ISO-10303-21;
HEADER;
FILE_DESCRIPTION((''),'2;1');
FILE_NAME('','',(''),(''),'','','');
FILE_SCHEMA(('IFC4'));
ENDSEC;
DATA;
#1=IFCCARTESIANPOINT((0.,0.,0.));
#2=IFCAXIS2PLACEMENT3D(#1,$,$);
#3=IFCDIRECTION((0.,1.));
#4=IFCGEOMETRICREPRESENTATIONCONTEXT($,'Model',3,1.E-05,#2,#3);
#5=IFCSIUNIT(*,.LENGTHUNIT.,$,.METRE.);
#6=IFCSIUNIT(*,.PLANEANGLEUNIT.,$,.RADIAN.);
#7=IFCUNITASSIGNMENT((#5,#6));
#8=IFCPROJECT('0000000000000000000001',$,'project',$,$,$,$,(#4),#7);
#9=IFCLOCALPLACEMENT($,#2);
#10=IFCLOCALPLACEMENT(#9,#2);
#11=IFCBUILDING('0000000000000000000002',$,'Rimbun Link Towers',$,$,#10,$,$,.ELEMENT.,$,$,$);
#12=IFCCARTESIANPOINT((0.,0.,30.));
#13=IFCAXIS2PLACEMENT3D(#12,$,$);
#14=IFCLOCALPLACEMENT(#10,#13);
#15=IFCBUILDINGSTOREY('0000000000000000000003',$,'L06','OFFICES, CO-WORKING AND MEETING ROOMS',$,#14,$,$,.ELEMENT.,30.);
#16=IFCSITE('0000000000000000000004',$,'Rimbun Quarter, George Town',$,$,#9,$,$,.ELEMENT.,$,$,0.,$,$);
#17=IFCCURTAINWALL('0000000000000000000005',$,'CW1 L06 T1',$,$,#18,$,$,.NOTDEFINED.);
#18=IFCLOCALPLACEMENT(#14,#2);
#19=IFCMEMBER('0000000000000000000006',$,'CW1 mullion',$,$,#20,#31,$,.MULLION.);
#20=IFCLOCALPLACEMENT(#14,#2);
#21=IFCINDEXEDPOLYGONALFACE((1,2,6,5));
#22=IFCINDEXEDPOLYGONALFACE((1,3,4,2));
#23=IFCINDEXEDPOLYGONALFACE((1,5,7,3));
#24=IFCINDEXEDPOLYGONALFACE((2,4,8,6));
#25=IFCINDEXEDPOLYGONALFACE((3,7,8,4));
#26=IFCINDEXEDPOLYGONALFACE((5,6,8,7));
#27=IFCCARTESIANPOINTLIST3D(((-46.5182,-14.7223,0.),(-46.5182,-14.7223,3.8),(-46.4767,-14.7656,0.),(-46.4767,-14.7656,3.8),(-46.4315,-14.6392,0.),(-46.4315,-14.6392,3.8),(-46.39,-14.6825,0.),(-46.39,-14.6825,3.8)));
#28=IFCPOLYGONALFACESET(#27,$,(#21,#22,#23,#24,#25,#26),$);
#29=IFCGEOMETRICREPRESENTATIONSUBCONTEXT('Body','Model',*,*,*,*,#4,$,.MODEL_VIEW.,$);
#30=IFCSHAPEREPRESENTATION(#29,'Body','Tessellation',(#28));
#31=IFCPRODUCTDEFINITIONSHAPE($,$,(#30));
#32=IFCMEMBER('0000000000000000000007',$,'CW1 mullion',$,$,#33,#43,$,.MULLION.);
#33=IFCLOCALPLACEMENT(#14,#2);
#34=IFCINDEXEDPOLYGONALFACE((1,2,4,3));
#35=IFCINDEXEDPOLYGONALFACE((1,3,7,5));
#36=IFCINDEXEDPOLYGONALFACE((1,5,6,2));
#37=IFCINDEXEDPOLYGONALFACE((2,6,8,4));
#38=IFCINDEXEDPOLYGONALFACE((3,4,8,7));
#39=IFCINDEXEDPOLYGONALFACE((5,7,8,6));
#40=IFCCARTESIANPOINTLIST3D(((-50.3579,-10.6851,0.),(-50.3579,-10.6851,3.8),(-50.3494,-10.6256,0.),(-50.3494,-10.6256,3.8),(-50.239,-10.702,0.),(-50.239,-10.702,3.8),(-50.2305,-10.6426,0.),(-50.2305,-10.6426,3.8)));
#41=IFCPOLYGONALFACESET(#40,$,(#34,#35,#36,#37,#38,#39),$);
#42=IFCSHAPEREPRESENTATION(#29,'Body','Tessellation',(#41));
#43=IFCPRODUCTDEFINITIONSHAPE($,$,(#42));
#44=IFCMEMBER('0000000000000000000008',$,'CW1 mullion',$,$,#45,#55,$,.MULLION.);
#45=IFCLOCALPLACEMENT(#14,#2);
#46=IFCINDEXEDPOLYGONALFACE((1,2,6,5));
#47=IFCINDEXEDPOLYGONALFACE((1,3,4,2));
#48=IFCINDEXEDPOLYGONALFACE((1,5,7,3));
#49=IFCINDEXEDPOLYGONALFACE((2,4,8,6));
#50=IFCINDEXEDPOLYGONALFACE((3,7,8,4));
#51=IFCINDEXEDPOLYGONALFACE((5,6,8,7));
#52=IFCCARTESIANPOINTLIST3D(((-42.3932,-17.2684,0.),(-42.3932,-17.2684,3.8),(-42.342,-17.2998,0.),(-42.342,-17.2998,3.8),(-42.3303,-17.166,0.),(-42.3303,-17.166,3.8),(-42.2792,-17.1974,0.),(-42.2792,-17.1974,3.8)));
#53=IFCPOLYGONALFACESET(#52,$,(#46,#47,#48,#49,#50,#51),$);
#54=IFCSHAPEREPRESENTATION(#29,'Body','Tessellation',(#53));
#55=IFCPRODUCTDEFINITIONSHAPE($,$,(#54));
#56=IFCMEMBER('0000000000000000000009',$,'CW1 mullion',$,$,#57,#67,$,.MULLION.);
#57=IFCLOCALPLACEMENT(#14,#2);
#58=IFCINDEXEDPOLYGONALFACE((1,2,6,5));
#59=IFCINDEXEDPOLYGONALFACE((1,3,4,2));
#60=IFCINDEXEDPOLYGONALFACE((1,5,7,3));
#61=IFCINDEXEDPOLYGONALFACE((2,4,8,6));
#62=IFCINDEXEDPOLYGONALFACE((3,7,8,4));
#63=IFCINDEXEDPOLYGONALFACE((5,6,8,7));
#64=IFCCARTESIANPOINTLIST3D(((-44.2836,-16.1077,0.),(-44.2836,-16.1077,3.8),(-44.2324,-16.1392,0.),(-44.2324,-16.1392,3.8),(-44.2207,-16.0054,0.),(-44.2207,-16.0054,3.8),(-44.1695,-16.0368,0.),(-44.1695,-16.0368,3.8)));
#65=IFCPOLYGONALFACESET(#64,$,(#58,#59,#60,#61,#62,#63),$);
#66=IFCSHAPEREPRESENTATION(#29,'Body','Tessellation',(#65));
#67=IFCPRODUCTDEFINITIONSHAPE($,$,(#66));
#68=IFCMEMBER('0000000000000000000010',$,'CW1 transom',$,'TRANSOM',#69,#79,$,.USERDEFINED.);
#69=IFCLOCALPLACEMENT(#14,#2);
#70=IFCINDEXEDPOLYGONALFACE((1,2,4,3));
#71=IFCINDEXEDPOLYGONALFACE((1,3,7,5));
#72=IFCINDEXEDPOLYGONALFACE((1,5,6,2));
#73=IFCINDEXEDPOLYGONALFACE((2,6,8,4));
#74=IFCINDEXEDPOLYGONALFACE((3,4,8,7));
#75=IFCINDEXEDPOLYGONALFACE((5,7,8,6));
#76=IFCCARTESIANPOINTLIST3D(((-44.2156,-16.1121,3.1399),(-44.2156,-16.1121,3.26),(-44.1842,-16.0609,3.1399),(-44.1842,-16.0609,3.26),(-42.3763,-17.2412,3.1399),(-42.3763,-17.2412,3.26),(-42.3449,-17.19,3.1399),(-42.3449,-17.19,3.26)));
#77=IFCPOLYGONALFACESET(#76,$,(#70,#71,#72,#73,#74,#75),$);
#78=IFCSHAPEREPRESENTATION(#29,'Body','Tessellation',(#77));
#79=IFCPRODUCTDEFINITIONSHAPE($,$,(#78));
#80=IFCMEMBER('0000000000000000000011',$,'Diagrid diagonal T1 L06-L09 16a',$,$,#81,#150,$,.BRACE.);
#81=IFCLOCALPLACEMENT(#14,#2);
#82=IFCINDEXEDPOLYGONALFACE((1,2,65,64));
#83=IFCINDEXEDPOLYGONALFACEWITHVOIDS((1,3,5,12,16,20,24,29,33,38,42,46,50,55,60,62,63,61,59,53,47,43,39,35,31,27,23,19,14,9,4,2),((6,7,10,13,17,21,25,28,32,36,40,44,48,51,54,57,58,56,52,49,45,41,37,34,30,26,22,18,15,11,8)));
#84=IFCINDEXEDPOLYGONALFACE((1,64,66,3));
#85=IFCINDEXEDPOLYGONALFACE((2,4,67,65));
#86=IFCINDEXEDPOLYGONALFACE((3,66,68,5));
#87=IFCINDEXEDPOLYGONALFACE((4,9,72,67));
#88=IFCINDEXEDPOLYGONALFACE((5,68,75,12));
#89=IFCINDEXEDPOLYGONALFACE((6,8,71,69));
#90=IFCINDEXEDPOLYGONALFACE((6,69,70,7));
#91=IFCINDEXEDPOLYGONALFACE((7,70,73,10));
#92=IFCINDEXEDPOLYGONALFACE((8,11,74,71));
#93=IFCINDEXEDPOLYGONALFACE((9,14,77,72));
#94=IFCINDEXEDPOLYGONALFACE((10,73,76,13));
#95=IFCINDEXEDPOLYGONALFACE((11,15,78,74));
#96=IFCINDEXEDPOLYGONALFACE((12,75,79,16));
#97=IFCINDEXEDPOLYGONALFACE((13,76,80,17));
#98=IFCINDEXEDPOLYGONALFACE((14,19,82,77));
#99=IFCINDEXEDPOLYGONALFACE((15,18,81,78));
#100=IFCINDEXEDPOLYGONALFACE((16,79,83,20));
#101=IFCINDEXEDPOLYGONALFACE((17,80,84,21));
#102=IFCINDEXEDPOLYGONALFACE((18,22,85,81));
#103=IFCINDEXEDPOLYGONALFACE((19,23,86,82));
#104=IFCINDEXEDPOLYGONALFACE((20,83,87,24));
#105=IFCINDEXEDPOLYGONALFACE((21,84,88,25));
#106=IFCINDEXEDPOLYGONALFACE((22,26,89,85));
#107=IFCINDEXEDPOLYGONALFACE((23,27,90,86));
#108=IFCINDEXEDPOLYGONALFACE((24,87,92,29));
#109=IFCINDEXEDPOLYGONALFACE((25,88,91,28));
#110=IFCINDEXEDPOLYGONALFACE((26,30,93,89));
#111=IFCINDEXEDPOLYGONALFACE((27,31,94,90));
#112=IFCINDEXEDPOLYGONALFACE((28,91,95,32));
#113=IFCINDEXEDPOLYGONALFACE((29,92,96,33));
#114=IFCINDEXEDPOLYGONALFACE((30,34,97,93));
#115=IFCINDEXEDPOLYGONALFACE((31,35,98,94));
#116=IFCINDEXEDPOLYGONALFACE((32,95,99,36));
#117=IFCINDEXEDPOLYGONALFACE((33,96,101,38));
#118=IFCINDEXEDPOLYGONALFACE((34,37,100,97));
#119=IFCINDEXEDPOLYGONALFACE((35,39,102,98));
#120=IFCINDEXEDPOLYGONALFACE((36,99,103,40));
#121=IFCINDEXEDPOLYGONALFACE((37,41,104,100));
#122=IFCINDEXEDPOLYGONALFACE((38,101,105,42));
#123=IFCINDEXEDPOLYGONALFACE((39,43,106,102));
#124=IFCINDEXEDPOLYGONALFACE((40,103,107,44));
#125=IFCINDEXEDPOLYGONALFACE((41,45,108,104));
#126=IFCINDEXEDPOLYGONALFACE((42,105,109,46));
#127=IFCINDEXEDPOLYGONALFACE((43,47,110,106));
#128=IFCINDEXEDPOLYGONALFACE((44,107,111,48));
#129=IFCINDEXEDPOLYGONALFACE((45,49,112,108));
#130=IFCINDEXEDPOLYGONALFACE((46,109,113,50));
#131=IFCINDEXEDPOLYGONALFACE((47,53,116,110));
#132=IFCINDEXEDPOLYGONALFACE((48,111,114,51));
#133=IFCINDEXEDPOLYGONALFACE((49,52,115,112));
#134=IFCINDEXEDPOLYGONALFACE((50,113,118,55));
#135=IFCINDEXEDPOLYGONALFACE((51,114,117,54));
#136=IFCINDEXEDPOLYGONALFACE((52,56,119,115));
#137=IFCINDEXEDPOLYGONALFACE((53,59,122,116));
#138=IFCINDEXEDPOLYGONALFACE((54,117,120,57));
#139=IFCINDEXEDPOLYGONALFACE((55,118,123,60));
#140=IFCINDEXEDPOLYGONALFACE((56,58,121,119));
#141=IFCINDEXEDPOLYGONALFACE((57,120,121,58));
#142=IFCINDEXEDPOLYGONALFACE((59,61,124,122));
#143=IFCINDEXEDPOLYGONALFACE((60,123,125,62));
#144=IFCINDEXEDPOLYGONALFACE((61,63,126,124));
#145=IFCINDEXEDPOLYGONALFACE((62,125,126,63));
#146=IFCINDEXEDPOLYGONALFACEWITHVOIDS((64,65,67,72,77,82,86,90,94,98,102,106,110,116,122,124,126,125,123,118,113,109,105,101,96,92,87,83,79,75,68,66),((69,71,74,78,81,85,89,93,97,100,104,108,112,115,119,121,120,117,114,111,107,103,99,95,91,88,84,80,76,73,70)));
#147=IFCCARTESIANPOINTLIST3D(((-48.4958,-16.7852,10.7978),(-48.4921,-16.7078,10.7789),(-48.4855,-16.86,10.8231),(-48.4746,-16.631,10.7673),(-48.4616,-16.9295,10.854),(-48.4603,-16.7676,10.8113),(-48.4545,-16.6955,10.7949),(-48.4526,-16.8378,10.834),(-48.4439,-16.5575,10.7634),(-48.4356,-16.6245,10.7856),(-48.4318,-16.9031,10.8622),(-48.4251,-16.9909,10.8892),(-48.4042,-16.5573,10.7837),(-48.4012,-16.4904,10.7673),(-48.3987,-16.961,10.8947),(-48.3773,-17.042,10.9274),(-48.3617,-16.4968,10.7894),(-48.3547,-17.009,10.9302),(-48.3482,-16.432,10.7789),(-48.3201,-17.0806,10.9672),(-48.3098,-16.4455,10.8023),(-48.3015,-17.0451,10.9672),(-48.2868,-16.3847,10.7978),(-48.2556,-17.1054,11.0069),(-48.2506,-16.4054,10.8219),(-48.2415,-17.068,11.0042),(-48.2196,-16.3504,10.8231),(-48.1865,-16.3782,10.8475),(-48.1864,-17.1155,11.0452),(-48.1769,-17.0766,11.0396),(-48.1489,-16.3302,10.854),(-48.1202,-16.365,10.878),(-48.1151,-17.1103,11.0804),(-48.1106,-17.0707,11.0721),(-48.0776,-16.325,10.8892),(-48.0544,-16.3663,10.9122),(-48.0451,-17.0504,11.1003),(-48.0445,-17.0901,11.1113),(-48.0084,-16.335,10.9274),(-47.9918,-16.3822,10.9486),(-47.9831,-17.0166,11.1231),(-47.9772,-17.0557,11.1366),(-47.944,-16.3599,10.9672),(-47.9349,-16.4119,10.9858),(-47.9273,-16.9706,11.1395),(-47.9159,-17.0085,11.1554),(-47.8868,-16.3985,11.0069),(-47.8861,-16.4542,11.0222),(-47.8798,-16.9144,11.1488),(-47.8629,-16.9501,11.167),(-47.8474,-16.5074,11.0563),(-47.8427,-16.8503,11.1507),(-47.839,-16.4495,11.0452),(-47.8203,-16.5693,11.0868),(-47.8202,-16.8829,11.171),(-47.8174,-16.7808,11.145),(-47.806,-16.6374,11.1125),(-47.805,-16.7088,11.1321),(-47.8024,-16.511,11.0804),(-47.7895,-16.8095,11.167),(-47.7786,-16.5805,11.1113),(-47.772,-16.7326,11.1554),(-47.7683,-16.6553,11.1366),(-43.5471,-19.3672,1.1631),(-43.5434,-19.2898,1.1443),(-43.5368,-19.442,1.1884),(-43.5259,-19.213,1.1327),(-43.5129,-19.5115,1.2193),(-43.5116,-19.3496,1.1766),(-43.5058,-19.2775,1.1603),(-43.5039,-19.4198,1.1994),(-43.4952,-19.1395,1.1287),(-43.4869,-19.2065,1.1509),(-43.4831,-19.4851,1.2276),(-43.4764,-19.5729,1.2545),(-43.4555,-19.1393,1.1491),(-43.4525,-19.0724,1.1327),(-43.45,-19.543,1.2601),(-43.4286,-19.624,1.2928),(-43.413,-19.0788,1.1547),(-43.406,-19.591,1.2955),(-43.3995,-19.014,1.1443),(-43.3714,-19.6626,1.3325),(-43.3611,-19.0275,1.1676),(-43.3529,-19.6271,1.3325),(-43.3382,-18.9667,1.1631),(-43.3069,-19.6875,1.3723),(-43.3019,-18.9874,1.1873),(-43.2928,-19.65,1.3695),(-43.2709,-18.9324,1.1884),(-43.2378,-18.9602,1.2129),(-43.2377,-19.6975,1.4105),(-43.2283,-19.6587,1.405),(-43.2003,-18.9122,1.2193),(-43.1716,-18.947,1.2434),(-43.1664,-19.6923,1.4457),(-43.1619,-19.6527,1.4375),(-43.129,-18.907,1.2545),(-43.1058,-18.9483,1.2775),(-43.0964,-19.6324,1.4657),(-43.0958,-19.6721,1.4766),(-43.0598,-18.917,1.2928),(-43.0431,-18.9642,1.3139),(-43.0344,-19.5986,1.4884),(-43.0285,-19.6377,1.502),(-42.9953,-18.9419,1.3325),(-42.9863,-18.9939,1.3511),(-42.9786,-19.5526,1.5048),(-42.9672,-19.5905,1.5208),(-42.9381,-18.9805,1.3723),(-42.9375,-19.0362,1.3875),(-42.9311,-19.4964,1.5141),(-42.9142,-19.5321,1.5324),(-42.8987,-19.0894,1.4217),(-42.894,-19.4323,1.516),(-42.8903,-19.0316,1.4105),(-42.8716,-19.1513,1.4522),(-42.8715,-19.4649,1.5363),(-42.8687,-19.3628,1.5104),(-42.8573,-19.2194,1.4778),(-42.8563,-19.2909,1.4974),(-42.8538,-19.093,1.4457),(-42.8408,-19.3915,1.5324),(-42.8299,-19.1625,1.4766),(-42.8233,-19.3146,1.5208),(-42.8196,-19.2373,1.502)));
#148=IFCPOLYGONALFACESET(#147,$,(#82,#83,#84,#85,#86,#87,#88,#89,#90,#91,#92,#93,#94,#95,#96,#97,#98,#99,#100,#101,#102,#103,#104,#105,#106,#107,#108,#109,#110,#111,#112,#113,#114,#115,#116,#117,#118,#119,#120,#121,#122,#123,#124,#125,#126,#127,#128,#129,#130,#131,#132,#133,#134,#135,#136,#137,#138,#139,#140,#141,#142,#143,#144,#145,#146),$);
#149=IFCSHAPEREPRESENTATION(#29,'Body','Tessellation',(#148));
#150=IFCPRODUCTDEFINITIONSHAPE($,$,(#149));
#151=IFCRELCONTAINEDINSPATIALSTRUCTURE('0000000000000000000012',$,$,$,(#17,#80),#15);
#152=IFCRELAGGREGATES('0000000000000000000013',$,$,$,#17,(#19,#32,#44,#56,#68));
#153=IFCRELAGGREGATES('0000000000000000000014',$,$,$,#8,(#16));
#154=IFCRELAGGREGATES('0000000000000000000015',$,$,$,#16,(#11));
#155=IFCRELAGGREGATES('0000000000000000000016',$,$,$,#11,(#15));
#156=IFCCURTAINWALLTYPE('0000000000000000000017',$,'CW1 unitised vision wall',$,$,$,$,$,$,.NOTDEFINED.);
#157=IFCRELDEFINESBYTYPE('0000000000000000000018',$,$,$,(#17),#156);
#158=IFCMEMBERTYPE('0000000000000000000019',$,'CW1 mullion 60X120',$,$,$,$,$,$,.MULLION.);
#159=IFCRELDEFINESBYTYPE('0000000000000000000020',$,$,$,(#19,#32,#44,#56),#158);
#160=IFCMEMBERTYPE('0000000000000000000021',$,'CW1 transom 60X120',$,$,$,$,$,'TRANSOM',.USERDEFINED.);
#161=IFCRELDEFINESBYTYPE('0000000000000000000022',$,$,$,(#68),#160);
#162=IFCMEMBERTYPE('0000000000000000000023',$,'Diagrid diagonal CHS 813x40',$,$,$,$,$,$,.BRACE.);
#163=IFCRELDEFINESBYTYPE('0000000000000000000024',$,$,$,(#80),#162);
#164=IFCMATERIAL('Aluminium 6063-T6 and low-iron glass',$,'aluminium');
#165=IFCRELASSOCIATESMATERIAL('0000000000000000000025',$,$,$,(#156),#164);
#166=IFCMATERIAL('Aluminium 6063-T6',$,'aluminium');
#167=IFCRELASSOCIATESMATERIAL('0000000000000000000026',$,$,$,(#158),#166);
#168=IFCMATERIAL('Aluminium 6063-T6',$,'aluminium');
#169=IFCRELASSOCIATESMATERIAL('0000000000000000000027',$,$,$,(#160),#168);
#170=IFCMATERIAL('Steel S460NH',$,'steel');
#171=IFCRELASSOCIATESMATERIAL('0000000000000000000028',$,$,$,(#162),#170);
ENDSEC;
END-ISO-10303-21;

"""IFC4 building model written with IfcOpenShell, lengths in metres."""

from ifc_helpers import new_model, si_unit, direction, frame, origin, origin_2d, place, context, subcontext, project, spatial, rectangle, hollow_circle, extrude, material, material_profile, profile_set, type_object, element, aggregate, save


model = new_model("IFC4")

# Units and contexts
model_context = context("Model", 3, precision=1e-05, world=origin(), true_north=direction((0.0, 1.0)))
body_context = subcontext(model_context, "Body", "Model", "MODEL_VIEW")
ifc_project = project(units=[si_unit("LENGTHUNIT", "METRE"), si_unit("PLANEANGLEUNIT", "RADIAN")], contexts=[model_context])

# Site, building, storey
site_placement = place(None, origin())
site = spatial("IfcSite", under=ifc_project, at=site_placement, Name="Rimbun Quarter, George Town", CompositionType="ELEMENT", RefElevation=0.0)
building_placement = place(site_placement, origin())
building = spatial("IfcBuilding", under=site, at=building_placement, Name="Rimbun Link Towers", CompositionType="ELEMENT")
storey_placement = place(building_placement, frame((0.0, 0.0, 30.0)))
storey = spatial("IfcBuildingStorey", under=building, at=storey_placement, Name="L06", Description="OFFICES, CO-WORKING AND MEETING ROOMS", CompositionType="ELEMENT", Elevation=30.0)

# Curtain wall, members
ifc_material_1 = material(Name="Aluminium 6063-T6 and low-iron glass", Category="aluminium")
curtain_wall_type = type_object("IfcCurtainWallType", Name="CW1 unitised vision wall", PredefinedType="NOTDEFINED", material=ifc_material_1)
curtain_wall_placement = place(storey_placement, origin())
curtain_wall = element("IfcCurtainWall", 1, at=curtain_wall_placement, inside=storey, type_object=curtain_wall_type, Name="CW1 L06 T1", PredefinedType="NOTDEFINED")
ifc_material_2 = material(Name="Aluminium 6063-T6", Category="aluminium")
ifc_material_profile_1 = material_profile(ifc_material_2, rectangle(XDim=0.1201, YDim=0.0601, at=origin_2d()), Name="MULLION 60X120")
ifc_profile_set_1 = profile_set([ifc_material_profile_1], Name="Aluminium 6063-T6")
member_type_1 = type_object("IfcMemberType", Name="CW1 mullion 60X120", PredefinedType="MULLION", material=ifc_profile_set_1)
member_1_placement = place(storey_placement, frame((-46.4541, -14.7024, 0.0), z_axis=(0.0, 0.0, 1.0), x_axis=(-0.721844, -0.692056, 0.0)))
member_1 = element("IfcMember", 2, at=member_1_placement, type_object=member_type_1, Name="CW1 mullion", PredefinedType="MULLION", context=body_context, shape_type="SweptSolid", body=[
    extrude(rectangle(XDim=0.1201, YDim=0.0601, at=origin_2d()), origin(), (0.0, 0.0, 1.0), 3.8),
])
member_2_placement = place(storey_placement, frame((-50.2942, -10.6638, 0.0), z_axis=(0.0, 0.0, 1.0), x_axis=(-0.990015, 0.140963, 0.0)))
member_2 = element("IfcMember", 3, at=member_2_placement, type_object=member_type_1, Name="CW1 mullion", PredefinedType="MULLION", context=body_context, shape_type="SweptSolid", body=[
    extrude(rectangle(XDim=0.1201, YDim=0.0601, at=origin_2d()), origin(), (0.0, 0.0, 1.0), 3.8),
])
member_3_placement = place(storey_placement, frame((-42.3362, -17.2329, 0.0), z_axis=(0.0, 0.0, 1.0), x_axis=(-0.523232, -0.85219, 0.0)))
member_3 = element("IfcMember", 4, at=member_3_placement, type_object=member_type_1, Name="CW1 mullion", PredefinedType="MULLION", context=body_context, shape_type="SweptSolid", body=[
    extrude(rectangle(XDim=0.1201, YDim=0.0601, at=origin_2d()), origin(), (0.0, 0.0, 1.0), 3.8),
])
member_4_placement = place(storey_placement, frame((-44.2266, -16.0723, 0.0), z_axis=(0.0, 0.0, 1.0), x_axis=(-0.523232, -0.85219, 0.0)))
member_4 = element("IfcMember", 5, at=member_4_placement, type_object=member_type_1, Name="CW1 mullion", PredefinedType="MULLION", context=body_context, shape_type="SweptSolid", body=[
    extrude(rectangle(XDim=0.1201, YDim=0.0601, at=origin_2d()), origin(), (0.0, 0.0, 1.0), 3.8),
])
ifc_material_3 = material(Name="Aluminium 6063-T6", Category="aluminium")
ifc_material_profile_2 = material_profile(ifc_material_3, rectangle(XDim=0.0601, YDim=0.1201, at=origin_2d()), Name="TRANSOM 60X120")
ifc_profile_set_2 = profile_set([ifc_material_profile_2], Name="Aluminium 6063-T6")
member_type_2 = type_object("IfcMemberType", Name="CW1 transom 60X120", ElementType="TRANSOM", PredefinedType="USERDEFINED", material=ifc_profile_set_2)
member_5_placement = place(storey_placement, frame((-42.3606, -17.2156, 3.2), z_axis=(-0.852229, 0.523169, 0.0), x_axis=(-0.523169, -0.852229, 0.0)))
member_5 = element("IfcMember", 6, at=member_5_placement, type_object=member_type_2, Name="CW1 transom", ObjectType="TRANSOM", PredefinedType="USERDEFINED", context=body_context, shape_type="SweptSolid", body=[
    extrude(rectangle(XDim=0.0601, YDim=0.1201, at=origin_2d()), origin(), (0.0, 0.0, 1.0), 2.1582),
])

# Member
ifc_material_4 = material(Name="Steel S460NH", Category="steel")
ifc_material_profile_3 = material_profile(ifc_material_4, hollow_circle(Radius=0.4065, WallThickness=0.04, at=origin_2d()), Name="Diagrid diagonal CHS 813x40")
ifc_profile_set_3 = profile_set([ifc_material_profile_3], Name="Steel S460NH")
member_type_3 = type_object("IfcMemberType", Name="Diagrid diagonal CHS 813x40", PredefinedType="BRACE", material=ifc_profile_set_3)
member_6_placement = place(storey_placement, frame((-43.1833, -19.3022, 1.3325), z_axis=(-0.444435, 0.231887, 0.865278), x_axis=(-0.462578, -0.886579, 0.0)))
element("IfcMember", 7, at=member_6_placement, inside=storey, type_object=member_type_3, Name="Diagrid diagonal T1 L06-L09 16a", PredefinedType="BRACE", context=body_context, shape_type="SweptSolid", body=[
    extrude(hollow_circle(Radius=0.4065, WallThickness=0.04, at=origin_2d()), origin(), (0.0, 0.0, 1.0), 11.1348),
])

aggregate(curtain_wall, [member_1, member_2, member_3, member_4, member_5])

save(model, "model.ifc")
